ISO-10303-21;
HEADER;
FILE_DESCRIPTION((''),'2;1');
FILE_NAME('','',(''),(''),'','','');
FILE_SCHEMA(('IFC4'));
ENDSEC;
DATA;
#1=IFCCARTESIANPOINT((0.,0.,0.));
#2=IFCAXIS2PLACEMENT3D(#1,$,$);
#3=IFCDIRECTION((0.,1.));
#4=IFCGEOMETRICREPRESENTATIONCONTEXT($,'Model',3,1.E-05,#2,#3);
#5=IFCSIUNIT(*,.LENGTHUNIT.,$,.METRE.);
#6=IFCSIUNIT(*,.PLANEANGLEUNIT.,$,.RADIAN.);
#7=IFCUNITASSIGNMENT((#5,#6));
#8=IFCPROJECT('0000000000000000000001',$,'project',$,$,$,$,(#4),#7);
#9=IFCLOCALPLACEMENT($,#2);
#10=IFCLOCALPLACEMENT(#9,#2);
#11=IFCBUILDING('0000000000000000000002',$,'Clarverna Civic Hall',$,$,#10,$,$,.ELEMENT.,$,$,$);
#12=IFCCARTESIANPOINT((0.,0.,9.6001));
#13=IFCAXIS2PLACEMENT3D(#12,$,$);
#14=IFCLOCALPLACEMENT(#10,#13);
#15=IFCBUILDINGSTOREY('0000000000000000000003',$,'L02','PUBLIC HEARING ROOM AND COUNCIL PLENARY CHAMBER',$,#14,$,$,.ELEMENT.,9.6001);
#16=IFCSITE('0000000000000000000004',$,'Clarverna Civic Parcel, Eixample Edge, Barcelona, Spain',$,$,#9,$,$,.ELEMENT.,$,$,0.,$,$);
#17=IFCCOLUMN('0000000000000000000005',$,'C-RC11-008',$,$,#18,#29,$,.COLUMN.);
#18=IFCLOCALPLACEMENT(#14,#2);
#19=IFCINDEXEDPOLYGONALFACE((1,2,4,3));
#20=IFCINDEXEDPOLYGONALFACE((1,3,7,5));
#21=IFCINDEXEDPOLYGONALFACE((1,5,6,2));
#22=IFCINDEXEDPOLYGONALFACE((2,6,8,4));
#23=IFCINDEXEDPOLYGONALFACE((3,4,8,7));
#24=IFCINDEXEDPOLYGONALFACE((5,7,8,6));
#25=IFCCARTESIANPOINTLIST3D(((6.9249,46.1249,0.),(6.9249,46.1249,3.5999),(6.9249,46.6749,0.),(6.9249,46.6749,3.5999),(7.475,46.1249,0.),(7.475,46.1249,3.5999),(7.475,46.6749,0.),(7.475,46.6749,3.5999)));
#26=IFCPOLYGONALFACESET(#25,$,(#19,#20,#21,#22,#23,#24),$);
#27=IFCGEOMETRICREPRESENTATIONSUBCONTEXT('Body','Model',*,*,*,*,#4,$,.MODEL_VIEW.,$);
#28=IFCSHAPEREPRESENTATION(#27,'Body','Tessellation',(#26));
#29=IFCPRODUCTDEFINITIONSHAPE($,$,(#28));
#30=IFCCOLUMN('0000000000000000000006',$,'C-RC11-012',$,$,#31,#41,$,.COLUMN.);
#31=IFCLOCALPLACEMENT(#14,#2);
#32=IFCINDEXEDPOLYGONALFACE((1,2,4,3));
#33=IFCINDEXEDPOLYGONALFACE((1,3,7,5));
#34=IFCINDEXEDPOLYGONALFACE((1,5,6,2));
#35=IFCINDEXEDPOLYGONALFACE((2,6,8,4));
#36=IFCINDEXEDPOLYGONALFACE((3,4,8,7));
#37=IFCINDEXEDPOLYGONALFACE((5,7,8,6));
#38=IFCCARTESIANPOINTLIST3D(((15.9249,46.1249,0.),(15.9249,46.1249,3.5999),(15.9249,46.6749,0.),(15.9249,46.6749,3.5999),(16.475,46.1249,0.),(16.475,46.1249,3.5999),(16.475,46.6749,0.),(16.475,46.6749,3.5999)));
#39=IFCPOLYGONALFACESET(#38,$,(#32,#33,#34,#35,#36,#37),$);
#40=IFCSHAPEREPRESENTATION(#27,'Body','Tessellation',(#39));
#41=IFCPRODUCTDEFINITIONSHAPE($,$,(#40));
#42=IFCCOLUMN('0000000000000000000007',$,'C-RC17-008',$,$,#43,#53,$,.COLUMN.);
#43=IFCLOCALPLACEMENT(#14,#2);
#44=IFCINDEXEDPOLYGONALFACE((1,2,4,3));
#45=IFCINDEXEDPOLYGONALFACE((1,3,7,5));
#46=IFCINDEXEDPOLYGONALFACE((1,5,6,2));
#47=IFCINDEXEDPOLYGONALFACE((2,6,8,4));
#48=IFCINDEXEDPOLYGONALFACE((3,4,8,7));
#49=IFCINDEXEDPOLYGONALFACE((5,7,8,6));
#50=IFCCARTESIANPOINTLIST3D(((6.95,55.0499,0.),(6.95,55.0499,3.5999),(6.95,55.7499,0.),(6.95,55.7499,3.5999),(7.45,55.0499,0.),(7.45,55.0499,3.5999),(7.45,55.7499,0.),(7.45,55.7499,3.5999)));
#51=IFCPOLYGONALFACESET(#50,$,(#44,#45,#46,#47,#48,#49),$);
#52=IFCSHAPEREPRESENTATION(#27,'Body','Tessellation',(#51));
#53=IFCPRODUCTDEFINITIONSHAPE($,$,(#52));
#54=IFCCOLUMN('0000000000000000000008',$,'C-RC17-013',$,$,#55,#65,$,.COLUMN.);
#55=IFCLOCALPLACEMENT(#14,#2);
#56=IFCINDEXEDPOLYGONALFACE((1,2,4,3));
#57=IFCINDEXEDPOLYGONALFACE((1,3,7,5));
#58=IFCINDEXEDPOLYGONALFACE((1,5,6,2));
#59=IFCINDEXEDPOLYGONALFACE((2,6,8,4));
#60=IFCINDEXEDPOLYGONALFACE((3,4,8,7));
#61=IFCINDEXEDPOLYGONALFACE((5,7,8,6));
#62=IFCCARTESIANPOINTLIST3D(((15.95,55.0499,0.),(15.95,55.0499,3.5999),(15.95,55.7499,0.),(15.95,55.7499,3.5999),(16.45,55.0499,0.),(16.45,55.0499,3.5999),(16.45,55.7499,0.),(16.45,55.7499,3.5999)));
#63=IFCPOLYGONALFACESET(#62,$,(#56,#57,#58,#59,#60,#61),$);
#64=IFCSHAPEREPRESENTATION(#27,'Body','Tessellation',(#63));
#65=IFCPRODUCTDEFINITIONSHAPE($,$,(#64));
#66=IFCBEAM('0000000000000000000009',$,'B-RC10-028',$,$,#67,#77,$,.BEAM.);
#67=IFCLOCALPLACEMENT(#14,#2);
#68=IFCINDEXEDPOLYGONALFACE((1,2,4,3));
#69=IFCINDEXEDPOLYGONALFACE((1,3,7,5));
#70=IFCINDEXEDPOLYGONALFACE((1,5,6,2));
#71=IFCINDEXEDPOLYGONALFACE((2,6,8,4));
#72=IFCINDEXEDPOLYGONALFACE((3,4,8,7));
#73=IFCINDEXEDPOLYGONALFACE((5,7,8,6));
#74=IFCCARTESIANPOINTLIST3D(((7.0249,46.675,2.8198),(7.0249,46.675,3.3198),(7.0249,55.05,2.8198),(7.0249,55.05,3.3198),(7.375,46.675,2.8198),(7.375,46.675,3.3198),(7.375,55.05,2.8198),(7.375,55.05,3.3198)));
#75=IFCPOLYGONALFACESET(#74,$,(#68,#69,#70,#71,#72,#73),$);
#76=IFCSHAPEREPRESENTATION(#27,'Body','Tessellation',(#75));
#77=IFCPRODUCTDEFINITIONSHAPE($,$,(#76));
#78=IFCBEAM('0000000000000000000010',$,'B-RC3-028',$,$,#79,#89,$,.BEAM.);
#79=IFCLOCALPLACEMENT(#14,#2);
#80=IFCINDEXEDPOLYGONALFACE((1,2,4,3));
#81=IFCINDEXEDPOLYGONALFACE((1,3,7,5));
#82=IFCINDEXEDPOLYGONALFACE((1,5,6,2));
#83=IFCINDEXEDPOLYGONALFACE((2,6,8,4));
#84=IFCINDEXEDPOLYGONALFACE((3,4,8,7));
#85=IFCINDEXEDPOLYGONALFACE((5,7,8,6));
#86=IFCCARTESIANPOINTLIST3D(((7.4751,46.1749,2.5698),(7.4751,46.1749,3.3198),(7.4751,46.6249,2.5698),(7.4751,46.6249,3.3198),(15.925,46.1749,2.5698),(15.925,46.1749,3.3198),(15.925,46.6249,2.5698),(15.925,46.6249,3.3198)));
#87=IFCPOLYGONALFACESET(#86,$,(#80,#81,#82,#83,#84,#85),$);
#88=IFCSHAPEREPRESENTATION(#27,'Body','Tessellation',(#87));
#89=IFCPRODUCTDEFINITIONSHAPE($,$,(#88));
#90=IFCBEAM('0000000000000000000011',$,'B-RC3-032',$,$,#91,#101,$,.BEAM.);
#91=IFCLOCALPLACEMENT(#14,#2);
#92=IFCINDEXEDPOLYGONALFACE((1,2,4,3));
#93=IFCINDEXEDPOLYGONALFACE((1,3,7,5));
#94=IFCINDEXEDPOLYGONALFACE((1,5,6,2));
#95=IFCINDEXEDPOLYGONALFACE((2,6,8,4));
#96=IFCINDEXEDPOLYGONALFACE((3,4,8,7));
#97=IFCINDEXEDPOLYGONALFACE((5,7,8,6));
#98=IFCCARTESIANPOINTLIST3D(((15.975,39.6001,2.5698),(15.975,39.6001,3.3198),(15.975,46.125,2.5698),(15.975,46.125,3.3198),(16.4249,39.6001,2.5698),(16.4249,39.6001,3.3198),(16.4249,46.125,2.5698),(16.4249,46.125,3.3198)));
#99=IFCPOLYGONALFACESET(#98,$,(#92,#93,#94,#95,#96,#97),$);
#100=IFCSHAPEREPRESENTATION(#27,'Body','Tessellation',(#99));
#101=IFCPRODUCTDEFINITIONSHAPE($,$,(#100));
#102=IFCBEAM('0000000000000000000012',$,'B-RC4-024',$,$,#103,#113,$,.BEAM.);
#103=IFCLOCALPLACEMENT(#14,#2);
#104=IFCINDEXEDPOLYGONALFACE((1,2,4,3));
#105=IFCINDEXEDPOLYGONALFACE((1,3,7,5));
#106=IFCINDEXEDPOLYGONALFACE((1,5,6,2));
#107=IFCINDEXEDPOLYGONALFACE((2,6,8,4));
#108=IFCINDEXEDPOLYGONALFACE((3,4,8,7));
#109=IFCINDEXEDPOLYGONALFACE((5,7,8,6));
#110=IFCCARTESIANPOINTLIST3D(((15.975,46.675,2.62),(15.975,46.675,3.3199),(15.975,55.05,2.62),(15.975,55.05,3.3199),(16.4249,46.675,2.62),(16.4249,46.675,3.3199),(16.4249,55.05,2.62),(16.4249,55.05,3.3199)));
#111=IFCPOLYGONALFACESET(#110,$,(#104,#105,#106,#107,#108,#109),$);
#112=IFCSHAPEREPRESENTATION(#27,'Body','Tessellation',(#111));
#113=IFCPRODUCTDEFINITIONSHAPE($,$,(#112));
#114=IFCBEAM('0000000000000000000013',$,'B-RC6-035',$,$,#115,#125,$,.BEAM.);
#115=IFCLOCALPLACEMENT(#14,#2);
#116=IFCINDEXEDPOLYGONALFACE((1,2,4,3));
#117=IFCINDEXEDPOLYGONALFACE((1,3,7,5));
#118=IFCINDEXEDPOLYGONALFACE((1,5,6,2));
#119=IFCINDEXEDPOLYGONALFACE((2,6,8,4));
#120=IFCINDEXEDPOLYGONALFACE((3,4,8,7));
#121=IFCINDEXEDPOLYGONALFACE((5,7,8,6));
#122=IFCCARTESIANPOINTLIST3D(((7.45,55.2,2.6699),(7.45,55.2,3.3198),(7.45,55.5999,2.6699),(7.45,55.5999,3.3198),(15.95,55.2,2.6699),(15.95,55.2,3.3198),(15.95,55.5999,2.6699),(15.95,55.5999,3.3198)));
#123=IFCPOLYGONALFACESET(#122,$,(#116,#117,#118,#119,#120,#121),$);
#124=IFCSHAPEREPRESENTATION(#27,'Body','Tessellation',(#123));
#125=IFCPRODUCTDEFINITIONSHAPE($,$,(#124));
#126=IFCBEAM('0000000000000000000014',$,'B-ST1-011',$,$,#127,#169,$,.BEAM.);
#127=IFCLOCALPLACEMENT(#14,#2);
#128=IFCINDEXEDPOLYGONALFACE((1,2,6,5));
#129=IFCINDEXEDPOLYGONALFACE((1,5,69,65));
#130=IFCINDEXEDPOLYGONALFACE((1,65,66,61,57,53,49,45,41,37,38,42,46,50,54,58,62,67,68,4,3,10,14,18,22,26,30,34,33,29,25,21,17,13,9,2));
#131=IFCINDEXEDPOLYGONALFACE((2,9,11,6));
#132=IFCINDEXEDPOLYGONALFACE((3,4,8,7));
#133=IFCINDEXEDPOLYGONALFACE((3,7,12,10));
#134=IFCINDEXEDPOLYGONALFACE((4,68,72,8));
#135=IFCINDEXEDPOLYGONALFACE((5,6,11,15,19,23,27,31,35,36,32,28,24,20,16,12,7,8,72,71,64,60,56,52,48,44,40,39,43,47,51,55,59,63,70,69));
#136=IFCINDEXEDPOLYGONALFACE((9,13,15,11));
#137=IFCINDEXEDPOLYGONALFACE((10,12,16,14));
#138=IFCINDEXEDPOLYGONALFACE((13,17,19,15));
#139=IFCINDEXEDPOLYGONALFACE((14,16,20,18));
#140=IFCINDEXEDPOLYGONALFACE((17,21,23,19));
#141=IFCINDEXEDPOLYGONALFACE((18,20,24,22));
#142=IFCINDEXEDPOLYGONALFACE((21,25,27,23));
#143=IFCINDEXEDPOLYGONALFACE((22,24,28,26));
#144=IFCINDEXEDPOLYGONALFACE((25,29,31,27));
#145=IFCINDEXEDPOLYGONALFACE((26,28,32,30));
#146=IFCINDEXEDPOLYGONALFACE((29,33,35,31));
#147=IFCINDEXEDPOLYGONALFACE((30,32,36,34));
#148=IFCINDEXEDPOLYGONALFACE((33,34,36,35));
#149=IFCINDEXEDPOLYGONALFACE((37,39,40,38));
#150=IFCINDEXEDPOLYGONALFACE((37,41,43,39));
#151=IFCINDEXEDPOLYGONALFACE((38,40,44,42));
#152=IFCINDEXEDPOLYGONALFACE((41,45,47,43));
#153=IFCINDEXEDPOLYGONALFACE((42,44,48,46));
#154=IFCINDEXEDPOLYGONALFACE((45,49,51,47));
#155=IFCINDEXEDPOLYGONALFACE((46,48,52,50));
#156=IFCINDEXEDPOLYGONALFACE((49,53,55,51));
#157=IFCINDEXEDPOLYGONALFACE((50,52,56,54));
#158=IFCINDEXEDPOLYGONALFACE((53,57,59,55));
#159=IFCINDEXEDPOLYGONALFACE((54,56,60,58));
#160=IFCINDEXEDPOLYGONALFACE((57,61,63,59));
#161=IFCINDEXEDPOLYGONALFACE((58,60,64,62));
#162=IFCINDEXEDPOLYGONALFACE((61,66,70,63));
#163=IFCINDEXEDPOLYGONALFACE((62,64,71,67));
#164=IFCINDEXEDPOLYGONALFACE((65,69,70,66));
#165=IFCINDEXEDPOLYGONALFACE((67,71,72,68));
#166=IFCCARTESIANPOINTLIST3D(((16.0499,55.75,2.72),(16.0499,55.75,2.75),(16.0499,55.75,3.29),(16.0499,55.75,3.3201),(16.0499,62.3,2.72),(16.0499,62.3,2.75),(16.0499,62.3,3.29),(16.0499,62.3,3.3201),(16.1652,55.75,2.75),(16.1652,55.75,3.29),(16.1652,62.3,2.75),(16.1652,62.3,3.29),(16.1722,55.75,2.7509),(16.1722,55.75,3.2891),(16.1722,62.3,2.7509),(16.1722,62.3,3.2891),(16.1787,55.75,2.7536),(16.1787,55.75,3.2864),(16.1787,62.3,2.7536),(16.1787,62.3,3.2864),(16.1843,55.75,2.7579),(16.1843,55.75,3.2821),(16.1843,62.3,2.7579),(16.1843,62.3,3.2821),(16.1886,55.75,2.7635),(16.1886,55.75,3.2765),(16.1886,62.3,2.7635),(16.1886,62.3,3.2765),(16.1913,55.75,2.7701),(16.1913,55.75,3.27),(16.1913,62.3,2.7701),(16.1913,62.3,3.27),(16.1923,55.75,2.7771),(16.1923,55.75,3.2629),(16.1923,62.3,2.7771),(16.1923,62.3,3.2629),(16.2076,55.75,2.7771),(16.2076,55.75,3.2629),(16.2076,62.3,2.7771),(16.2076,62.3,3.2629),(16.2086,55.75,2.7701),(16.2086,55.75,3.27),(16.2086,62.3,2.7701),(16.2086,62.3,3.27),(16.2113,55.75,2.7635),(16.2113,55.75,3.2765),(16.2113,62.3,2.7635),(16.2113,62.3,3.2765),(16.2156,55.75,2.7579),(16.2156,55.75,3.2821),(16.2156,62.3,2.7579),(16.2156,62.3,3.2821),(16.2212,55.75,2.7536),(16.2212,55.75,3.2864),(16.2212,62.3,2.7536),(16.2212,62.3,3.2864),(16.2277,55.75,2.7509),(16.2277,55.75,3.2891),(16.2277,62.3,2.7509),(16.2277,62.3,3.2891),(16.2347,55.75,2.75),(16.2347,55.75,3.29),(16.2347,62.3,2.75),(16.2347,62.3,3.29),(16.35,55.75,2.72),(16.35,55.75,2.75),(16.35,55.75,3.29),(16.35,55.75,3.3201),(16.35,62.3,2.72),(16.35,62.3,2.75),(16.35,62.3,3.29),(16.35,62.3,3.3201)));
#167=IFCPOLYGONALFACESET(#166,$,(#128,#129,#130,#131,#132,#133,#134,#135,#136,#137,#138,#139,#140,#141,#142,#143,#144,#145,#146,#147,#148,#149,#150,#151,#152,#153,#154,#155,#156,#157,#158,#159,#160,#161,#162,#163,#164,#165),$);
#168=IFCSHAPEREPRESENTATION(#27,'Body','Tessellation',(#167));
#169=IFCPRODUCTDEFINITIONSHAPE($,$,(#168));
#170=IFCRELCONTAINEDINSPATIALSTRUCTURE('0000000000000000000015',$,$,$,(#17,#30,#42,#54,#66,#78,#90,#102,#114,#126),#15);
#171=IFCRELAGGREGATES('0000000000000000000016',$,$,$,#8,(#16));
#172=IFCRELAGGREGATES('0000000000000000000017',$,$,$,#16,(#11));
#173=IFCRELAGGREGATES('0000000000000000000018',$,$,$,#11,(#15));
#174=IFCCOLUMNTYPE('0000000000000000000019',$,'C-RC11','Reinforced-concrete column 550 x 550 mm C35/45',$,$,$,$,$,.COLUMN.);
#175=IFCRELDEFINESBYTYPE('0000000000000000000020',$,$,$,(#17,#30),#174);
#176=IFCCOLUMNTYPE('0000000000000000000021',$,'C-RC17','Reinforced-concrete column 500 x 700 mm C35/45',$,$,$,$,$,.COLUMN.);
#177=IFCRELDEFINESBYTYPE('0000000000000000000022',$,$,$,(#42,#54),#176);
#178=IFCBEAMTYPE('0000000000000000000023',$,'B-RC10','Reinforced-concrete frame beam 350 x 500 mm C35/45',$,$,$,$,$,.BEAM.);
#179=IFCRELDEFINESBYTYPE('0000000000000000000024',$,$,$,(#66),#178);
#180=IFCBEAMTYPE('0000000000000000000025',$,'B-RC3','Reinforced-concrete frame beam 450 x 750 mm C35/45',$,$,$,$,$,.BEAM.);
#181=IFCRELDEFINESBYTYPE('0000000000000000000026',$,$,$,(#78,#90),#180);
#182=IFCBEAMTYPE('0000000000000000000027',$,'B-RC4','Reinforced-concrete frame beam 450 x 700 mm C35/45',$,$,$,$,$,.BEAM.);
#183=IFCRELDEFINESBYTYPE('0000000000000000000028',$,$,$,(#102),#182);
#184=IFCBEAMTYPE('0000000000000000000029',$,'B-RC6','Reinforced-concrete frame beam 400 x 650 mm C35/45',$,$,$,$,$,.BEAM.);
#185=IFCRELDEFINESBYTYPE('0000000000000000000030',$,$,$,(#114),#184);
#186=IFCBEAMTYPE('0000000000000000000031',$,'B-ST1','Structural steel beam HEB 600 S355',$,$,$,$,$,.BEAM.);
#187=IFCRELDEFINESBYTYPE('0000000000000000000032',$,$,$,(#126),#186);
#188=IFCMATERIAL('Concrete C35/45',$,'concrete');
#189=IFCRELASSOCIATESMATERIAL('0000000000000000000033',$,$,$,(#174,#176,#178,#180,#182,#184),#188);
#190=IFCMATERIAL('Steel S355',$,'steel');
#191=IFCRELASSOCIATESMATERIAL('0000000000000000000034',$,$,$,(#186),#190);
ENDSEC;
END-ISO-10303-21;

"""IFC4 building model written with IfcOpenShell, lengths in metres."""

from ifc_helpers import new_model, si_unit, direction, frame, origin, origin_2d, place, context, subcontext, project, spatial, rectangle, i_section, extrude, material, material_profile, profile_set, type_object, element, save


model = new_model("IFC4")

# Units and contexts
model_context = context("Model", 3, precision=1e-05, world=origin(), true_north=direction((0.0, 1.0)))
body_context = subcontext(model_context, "Body", "Model", "MODEL_VIEW")
ifc_project = project(units=[si_unit("LENGTHUNIT", "METRE"), si_unit("PLANEANGLEUNIT", "RADIAN")], contexts=[model_context])

# Site, building, storey
site_placement = place(None, origin())
site = spatial("IfcSite", under=ifc_project, at=site_placement, Name="Clarverna Civic Parcel, Eixample Edge, Barcelona, Spain", CompositionType="ELEMENT", RefElevation=0.0)
building_placement = place(site_placement, origin())
building = spatial("IfcBuilding", under=site, at=building_placement, Name="Clarverna Civic Hall", CompositionType="ELEMENT")
storey_placement = place(building_placement, frame((0.0, 0.0, 9.6001)))
storey = spatial("IfcBuildingStorey", under=building, at=storey_placement, Name="L02", Description="PUBLIC HEARING ROOM AND COUNCIL PLENARY CHAMBER", CompositionType="ELEMENT", Elevation=9.6001)

# Columns
ifc_material_1 = material(Name="Concrete C35/45", Category="concrete")
ifc_material_profile_1 = material_profile(ifc_material_1, rectangle(XDim=0.55, YDim=0.55, at=origin_2d()), Name="RC 550x550")
ifc_profile_set_1 = profile_set([ifc_material_profile_1], Name="Concrete C35/45")
column_type_1 = type_object("IfcColumnType", Name="C-RC11", Description="Reinforced-concrete column 550 x 550 mm C35/45", PredefinedType="COLUMN", material=ifc_profile_set_1)
for number, where, z_axis, x_axis, name in (
    (1, (7.2, 46.3999, 0.0), (0.0, 0.0, 1.0), (1.0, 0.0, 0.0), "C-RC11-008"),
    (2, (16.2, 46.3999, 0.0), (0.0, 0.0, 1.0), (1.0, 0.0, 0.0), "C-RC11-012"),
):
    element("IfcColumn", number, at=place(storey_placement, frame(where, z_axis=z_axis, x_axis=x_axis)), inside=storey, type_object=column_type_1, Name=name, PredefinedType="COLUMN", context=body_context, shape_type="SweptSolid", body=[
        extrude(rectangle(XDim=0.55, YDim=0.55, at=origin_2d()), origin(), (0.0, 0.0, 1.0), 3.5999),
    ])
ifc_material_profile_2 = material_profile(ifc_material_1, rectangle(XDim=0.5, YDim=0.7, at=origin_2d()), Name="RC 500x700")
ifc_profile_set_2 = profile_set([ifc_material_profile_2], Name="Concrete C35/45")
column_type_2 = type_object("IfcColumnType", Name="C-RC17", Description="Reinforced-concrete column 500 x 700 mm C35/45", PredefinedType="COLUMN", material=ifc_profile_set_2)
for number, where, z_axis, x_axis, name in (
    (3, (7.2, 55.3999, 0.0), (0.0, 0.0, 1.0), (1.0, 0.0, 0.0), "C-RC17-008"),
    (4, (16.2, 55.3999, 0.0), (0.0, 0.0, 1.0), (1.0, 0.0, 0.0), "C-RC17-013"),
):
    element("IfcColumn", number, at=place(storey_placement, frame(where, z_axis=z_axis, x_axis=x_axis)), inside=storey, type_object=column_type_2, Name=name, PredefinedType="COLUMN", context=body_context, shape_type="SweptSolid", body=[
        extrude(rectangle(XDim=0.5, YDim=0.7, at=origin_2d()), origin(), (0.0, 0.0, 1.0), 3.5999),
    ])

# Beams
ifc_material_profile_3 = material_profile(ifc_material_1, rectangle(XDim=0.3501, YDim=0.5, at=origin_2d()), Name="RC 350x500")
ifc_profile_set_3 = profile_set([ifc_material_profile_3], Name="Concrete C35/45")
beam_type_1 = type_object("IfcBeamType", Name="B-RC10", Description="Reinforced-concrete frame beam 350 x 500 mm C35/45", PredefinedType="BEAM", material=ifc_profile_set_3)
beam_1_placement = place(storey_placement, frame((7.2, 46.675, 3.0698), z_axis=(0.0, 1.0, 0.0), x_axis=(-1.0, 0.0, 0.0)))
element("IfcBeam", 5, at=beam_1_placement, inside=storey, type_object=beam_type_1, Name="B-RC10-028", PredefinedType="BEAM", context=body_context, shape_type="SweptSolid", body=[
    extrude(rectangle(XDim=0.3501, YDim=0.5, at=origin_2d()), origin(), (0.0, 0.0, 1.0), 8.375),
])
ifc_material_profile_4 = material_profile(ifc_material_1, rectangle(XDim=0.45, YDim=0.75, at=origin_2d()), Name="RC 450x750")
ifc_profile_set_4 = profile_set([ifc_material_profile_4], Name="Concrete C35/45")
beam_type_2 = type_object("IfcBeamType", Name="B-RC3", Description="Reinforced-concrete frame beam 450 x 750 mm C35/45", PredefinedType="BEAM", material=ifc_profile_set_4)
beam_2_placement = place(storey_placement, frame((7.4751, 46.3999, 2.9448), z_axis=(1.0, 0.0, 0.0), x_axis=(0.0, 1.0, 0.0)))
element("IfcBeam", 6, at=beam_2_placement, inside=storey, type_object=beam_type_2, Name="B-RC3-028", PredefinedType="BEAM", context=body_context, shape_type="SweptSolid", body=[
    extrude(rectangle(XDim=0.45, YDim=0.75, at=origin_2d()), origin(), (0.0, 0.0, 1.0), 8.45),
])
beam_3_placement = place(storey_placement, frame((16.2, 39.6001, 2.9448), z_axis=(0.0, 1.0, 0.0), x_axis=(-1.0, 0.0, 0.0)))
element("IfcBeam", 7, at=beam_3_placement, inside=storey, type_object=beam_type_2, Name="B-RC3-032", PredefinedType="BEAM", context=body_context, shape_type="SweptSolid", body=[
    extrude(rectangle(XDim=0.45, YDim=0.75, at=origin_2d()), origin(), (0.0, 0.0, 1.0), 6.5249),
])
ifc_material_profile_5 = material_profile(ifc_material_1, rectangle(XDim=0.45, YDim=0.7, at=origin_2d()), Name="RC 450x700")
ifc_profile_set_5 = profile_set([ifc_material_profile_5], Name="Concrete C35/45")
beam_type_3 = type_object("IfcBeamType", Name="B-RC4", Description="Reinforced-concrete frame beam 450 x 700 mm C35/45", PredefinedType="BEAM", material=ifc_profile_set_5)
beam_4_placement = place(storey_placement, frame((16.2, 46.675, 2.97), z_axis=(0.0, 1.0, 0.0), x_axis=(-1.0, 0.0, 0.0)))
element("IfcBeam", 8, at=beam_4_placement, inside=storey, type_object=beam_type_3, Name="B-RC4-024", PredefinedType="BEAM", context=body_context, shape_type="SweptSolid", body=[
    extrude(rectangle(XDim=0.45, YDim=0.7, at=origin_2d()), origin(), (0.0, 0.0, 1.0), 8.375),
])
ifc_material_profile_6 = material_profile(ifc_material_1, rectangle(XDim=0.3999, YDim=0.6499, at=origin_2d()), Name="RC 400x650")
ifc_profile_set_6 = profile_set([ifc_material_profile_6], Name="Concrete C35/45")
beam_type_4 = type_object("IfcBeamType", Name="B-RC6", Description="Reinforced-concrete frame beam 400 x 650 mm C35/45", PredefinedType="BEAM", material=ifc_profile_set_6)
beam_5_placement = place(storey_placement, frame((7.45, 55.3999, 2.9949), z_axis=(1.0, 0.0, 0.0), x_axis=(0.0, 1.0, 0.0)))
element("IfcBeam", 9, at=beam_5_placement, inside=storey, type_object=beam_type_4, Name="B-RC6-035", PredefinedType="BEAM", context=body_context, shape_type="SweptSolid", body=[
    extrude(rectangle(XDim=0.3999, YDim=0.6499, at=origin_2d()), origin(), (0.0, 0.0, 1.0), 8.5),
])
ifc_material_2 = material(Name="Steel S355", Category="steel")
ifc_material_profile_7 = material_profile(ifc_material_2, i_section(OverallWidth=0.3, OverallDepth=0.6001, WebThickness=0.0154, FlangeThickness=0.03, FilletRadius=0.0271, at=origin_2d()), Name="HEB 600")
ifc_profile_set_7 = profile_set([ifc_material_profile_7], Name="Steel S355")
beam_type_5 = type_object("IfcBeamType", Name="B-ST1", Description="Structural steel beam HEB 600 S355", PredefinedType="BEAM", material=ifc_profile_set_7)
beam_6_placement = place(storey_placement, frame((16.2, 55.75, 3.02), z_axis=(0.0, 1.0, 0.0), x_axis=(-1.0, 0.0, 0.0)))
element("IfcBeam", 10, at=beam_6_placement, inside=storey, type_object=beam_type_5, Name="B-ST1-011", PredefinedType="BEAM", context=body_context, shape_type="SweptSolid", body=[
    extrude(i_section(OverallWidth=0.3, OverallDepth=0.6001, WebThickness=0.0154, FlangeThickness=0.03, FilletRadius=0.0271, at=origin_2d()), origin(), (0.0, 0.0, 1.0), 6.55),
])

save(model, "model.ifc")
